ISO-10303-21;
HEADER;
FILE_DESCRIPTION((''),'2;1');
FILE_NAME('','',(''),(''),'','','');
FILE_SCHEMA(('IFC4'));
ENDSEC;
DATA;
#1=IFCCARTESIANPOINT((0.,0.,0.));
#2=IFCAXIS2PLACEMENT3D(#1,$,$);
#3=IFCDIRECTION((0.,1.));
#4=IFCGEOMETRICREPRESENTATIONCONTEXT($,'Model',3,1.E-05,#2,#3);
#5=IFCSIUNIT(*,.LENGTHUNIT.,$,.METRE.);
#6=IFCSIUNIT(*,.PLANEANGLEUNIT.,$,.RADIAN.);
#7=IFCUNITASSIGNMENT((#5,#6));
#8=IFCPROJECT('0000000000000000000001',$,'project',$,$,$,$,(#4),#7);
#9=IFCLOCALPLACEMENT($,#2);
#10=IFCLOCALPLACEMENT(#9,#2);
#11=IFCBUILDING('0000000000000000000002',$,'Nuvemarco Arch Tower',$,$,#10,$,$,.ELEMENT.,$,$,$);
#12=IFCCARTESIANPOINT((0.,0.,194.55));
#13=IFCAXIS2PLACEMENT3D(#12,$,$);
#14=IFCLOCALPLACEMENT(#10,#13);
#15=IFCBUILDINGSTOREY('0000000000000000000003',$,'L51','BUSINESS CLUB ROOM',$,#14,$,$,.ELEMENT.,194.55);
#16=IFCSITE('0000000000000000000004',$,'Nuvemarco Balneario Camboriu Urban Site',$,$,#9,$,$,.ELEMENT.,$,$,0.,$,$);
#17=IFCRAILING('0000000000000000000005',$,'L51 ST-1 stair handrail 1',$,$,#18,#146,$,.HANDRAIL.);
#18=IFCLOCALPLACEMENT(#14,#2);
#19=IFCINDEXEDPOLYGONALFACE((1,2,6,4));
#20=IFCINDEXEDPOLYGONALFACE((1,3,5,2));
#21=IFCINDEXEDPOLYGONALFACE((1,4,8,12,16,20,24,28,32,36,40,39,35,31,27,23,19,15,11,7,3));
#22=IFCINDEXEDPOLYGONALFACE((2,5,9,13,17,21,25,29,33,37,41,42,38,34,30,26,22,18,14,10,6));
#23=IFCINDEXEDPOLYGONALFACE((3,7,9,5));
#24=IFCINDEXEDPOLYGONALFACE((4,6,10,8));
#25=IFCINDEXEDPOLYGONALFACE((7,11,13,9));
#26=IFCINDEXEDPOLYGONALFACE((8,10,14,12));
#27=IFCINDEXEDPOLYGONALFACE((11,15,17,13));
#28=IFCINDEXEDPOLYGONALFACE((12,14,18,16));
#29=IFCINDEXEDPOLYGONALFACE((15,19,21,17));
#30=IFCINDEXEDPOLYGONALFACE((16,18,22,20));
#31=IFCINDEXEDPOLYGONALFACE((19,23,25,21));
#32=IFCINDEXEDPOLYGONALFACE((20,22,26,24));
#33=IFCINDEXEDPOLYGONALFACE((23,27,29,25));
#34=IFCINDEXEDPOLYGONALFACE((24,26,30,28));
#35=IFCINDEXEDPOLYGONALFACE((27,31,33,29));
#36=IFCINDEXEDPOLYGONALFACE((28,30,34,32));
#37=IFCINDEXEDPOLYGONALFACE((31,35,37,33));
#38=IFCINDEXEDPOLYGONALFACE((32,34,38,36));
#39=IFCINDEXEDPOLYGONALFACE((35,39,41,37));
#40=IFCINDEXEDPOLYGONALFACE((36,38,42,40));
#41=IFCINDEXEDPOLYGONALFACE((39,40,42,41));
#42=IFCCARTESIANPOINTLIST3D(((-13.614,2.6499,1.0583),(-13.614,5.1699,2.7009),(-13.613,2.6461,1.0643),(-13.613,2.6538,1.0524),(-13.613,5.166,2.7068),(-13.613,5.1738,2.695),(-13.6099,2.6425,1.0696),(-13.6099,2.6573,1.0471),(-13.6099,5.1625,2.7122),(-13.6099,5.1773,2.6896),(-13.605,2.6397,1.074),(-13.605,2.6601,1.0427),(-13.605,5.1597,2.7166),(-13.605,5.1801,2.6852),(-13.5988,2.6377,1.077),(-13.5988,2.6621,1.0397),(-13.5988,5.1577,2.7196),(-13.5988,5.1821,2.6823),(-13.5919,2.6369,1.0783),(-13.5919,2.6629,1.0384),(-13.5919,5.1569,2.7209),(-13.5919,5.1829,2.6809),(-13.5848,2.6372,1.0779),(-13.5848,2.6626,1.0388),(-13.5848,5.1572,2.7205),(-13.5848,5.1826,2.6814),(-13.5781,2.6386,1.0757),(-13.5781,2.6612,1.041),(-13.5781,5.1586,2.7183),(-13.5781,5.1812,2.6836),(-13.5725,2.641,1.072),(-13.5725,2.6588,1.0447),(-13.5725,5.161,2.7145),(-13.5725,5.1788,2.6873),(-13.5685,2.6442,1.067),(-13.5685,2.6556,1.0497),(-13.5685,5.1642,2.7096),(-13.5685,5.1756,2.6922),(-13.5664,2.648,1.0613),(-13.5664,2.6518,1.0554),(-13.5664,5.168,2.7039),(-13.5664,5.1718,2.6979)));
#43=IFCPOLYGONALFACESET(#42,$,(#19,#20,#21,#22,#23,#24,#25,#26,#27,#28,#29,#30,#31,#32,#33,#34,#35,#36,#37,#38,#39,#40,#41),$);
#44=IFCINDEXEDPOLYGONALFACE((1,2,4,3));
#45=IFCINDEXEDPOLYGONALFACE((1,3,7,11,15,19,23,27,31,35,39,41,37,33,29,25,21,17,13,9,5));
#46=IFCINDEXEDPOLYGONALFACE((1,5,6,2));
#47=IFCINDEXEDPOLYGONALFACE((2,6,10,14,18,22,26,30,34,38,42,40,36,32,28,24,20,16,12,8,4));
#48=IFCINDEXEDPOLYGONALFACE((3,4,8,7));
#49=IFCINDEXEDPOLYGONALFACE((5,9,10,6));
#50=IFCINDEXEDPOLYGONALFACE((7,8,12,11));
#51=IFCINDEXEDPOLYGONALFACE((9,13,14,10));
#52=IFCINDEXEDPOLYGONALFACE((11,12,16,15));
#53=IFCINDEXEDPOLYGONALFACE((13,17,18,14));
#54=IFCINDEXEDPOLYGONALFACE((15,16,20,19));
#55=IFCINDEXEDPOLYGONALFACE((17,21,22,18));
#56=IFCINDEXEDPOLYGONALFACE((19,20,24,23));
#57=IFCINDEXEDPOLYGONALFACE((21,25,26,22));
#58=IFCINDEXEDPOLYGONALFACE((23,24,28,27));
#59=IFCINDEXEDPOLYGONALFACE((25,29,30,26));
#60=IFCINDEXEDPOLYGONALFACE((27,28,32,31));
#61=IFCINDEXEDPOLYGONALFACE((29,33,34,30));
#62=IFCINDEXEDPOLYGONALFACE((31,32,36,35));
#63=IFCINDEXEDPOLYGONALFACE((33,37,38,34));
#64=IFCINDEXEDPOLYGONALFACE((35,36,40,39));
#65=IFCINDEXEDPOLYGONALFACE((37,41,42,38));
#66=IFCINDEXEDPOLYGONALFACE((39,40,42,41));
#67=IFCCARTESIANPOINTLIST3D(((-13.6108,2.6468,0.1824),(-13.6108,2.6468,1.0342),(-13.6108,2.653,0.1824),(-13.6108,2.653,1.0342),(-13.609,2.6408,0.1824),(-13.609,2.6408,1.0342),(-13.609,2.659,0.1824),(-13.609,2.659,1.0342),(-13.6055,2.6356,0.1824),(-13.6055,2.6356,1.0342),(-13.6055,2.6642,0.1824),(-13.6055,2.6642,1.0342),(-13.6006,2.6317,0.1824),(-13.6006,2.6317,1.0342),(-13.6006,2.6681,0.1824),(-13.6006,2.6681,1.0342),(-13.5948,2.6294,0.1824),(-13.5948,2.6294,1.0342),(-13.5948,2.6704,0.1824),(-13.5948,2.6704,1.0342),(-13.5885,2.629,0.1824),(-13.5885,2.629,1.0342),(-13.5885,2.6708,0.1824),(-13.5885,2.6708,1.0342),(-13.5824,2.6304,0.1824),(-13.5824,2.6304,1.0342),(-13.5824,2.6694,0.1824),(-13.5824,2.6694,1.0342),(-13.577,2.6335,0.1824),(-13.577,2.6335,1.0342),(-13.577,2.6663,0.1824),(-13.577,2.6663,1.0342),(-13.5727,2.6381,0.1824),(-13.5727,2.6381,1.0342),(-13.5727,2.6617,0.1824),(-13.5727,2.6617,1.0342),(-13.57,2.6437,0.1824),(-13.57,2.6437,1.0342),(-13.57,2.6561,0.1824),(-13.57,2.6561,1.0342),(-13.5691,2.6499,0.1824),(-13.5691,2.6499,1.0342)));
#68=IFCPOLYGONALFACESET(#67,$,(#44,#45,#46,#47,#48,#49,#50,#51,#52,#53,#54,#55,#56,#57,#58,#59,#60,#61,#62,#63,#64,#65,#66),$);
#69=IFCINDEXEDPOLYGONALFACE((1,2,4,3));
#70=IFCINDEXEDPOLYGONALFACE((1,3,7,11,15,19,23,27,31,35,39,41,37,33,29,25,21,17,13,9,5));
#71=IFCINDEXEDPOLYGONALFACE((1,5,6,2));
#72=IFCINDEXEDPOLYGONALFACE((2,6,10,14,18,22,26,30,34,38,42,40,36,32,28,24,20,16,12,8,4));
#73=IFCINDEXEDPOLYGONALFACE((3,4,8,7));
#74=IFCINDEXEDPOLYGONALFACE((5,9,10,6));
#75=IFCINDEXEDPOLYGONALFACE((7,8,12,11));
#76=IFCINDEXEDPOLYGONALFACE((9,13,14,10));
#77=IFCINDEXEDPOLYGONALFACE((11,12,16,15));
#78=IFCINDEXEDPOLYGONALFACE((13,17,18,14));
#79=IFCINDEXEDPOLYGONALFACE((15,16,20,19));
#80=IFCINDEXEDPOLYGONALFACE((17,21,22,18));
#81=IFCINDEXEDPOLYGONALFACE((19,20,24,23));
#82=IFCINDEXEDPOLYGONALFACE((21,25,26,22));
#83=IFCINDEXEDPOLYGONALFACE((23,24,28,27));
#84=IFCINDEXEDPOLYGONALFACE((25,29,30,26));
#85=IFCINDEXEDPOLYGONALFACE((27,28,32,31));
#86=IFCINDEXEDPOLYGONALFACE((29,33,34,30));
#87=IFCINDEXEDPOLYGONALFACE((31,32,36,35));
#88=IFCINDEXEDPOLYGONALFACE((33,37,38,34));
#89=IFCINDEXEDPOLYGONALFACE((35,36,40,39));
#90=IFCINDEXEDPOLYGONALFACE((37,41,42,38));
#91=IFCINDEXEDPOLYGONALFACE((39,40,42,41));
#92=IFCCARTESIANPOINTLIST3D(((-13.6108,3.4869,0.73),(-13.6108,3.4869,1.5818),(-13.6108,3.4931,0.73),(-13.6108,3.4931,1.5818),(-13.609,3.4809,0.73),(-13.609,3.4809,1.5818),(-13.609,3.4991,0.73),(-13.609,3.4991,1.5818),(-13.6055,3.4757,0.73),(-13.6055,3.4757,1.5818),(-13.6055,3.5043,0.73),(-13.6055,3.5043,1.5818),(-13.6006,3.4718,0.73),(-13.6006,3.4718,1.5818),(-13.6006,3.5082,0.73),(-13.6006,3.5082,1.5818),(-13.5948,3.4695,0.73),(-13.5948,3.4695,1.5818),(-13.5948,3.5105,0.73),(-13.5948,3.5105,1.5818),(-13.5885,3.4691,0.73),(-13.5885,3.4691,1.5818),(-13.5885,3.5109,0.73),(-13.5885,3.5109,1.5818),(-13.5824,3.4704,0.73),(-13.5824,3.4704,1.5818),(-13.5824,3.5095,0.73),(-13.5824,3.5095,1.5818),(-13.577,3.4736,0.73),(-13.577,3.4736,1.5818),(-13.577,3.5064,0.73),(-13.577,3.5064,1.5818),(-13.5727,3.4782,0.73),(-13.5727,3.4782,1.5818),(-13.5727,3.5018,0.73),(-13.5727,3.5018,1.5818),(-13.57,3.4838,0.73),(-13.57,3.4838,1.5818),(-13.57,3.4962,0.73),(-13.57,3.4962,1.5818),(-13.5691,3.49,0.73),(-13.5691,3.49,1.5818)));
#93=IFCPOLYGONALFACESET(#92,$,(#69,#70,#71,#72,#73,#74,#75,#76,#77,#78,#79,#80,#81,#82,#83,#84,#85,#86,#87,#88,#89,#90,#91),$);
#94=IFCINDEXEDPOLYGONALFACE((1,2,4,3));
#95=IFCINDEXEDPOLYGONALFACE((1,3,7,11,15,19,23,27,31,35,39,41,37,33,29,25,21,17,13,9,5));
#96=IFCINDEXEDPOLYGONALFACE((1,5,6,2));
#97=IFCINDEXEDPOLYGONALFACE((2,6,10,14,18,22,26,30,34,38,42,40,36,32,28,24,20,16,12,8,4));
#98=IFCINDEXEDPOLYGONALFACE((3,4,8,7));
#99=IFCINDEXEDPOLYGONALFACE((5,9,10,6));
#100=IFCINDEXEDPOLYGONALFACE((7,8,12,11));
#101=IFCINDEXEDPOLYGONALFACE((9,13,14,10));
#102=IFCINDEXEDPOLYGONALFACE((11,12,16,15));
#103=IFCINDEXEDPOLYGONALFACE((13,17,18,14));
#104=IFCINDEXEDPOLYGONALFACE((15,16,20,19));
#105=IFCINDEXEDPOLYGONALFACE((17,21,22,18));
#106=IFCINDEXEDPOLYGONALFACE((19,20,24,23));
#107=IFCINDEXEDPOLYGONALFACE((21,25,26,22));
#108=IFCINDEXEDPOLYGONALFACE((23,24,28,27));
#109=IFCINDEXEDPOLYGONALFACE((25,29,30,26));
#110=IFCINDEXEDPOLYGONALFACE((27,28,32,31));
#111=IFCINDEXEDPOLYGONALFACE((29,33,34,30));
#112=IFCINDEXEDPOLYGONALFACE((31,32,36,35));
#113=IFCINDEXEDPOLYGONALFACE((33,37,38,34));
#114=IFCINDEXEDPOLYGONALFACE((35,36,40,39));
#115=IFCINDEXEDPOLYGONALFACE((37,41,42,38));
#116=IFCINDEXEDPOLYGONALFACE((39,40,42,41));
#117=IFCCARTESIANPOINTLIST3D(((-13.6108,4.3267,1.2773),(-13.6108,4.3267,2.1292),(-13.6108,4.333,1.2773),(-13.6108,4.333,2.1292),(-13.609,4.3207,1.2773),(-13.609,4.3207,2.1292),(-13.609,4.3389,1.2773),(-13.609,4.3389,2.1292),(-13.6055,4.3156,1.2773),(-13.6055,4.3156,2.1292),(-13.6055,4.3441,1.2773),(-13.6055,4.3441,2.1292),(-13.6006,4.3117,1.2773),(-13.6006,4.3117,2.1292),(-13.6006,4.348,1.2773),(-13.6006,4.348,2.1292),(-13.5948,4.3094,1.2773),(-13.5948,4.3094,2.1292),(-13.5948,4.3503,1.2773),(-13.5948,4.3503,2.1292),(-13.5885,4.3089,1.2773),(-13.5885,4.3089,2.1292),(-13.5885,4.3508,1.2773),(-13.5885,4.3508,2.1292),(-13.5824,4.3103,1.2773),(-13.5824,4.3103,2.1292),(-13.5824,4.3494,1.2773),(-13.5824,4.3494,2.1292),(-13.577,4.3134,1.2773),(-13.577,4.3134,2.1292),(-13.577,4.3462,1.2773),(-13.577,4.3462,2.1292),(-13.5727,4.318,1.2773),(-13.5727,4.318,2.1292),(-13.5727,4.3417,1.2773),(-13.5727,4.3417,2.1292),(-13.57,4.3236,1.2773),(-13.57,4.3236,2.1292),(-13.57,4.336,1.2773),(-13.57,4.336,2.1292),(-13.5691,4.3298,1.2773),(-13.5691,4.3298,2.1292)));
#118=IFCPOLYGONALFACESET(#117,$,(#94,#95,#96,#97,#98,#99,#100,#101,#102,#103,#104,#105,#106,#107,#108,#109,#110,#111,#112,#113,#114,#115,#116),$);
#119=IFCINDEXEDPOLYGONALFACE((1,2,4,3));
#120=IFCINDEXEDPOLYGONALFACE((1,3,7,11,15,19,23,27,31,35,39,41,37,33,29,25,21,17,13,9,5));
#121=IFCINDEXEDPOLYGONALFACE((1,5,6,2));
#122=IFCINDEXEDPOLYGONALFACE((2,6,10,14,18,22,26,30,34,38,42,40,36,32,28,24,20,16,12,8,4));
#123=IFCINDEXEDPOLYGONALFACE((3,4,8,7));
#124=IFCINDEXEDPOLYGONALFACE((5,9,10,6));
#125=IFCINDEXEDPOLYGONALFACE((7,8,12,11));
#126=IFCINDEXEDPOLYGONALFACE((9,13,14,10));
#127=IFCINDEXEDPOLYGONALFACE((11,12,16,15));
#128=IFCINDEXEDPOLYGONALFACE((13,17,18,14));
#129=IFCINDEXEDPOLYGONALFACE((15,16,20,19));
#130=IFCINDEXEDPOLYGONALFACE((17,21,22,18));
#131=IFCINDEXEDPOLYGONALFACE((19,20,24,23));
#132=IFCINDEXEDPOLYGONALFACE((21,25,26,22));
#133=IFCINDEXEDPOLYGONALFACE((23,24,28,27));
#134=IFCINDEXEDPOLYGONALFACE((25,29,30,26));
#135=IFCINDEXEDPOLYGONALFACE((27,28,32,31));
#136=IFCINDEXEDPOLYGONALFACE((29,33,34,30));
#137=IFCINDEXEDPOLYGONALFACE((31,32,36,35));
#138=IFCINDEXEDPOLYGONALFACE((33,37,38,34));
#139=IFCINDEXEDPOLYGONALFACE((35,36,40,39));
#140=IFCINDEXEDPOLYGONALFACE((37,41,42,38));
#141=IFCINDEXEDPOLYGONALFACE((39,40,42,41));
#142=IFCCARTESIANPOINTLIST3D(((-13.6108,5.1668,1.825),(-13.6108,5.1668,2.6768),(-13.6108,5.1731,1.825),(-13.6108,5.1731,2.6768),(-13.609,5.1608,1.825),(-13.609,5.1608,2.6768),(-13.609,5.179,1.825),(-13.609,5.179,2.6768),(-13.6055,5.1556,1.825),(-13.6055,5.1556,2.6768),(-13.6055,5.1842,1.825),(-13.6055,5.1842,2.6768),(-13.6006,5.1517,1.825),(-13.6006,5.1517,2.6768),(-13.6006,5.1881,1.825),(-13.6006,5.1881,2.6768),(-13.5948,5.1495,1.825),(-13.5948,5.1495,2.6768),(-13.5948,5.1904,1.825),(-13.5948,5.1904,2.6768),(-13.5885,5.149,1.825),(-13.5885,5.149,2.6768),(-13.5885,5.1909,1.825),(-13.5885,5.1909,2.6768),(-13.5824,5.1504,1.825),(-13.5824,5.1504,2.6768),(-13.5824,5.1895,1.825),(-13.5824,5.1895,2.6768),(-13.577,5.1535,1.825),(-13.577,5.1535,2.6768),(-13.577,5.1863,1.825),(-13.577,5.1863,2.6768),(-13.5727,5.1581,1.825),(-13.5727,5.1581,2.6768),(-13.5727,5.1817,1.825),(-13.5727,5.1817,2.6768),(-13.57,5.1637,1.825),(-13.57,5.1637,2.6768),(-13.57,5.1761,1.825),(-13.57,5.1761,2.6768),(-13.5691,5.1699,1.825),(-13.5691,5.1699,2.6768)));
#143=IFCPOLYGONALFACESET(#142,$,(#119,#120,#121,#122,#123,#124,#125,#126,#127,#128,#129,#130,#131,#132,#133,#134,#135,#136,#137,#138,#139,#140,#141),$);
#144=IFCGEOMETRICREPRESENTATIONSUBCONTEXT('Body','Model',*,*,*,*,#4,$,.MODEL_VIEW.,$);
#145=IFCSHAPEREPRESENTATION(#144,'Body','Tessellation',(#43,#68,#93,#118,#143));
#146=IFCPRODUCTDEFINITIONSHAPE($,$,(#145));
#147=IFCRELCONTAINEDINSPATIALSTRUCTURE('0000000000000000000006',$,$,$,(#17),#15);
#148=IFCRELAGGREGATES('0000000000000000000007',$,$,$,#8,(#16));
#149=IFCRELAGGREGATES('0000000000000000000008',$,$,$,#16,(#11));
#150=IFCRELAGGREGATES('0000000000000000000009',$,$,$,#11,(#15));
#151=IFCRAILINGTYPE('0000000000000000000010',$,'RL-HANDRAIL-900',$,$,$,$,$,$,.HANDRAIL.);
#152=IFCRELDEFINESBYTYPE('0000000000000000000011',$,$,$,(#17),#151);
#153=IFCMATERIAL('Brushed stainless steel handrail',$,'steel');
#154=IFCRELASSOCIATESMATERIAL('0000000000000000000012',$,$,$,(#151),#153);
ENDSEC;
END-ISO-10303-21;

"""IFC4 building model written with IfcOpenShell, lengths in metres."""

from ifc_helpers import new_model, si_unit, direction, frame, origin, origin_2d, place, context, subcontext, project, spatial, circle, extrude, material, type_object, element, save


model = new_model("IFC4")

# Units and contexts
model_context = context("Model", 3, precision=1e-05, world=origin(), true_north=direction((0.0, 1.0)))
body_context = subcontext(model_context, "Body", "Model", "MODEL_VIEW")
ifc_project = project(units=[si_unit("LENGTHUNIT", "METRE"), si_unit("PLANEANGLEUNIT", "RADIAN")], contexts=[model_context])

# Site, building, storey
site_placement = place(None, origin())
site = spatial("IfcSite", under=ifc_project, at=site_placement, Name="Nuvemarco Balneario Camboriu Urban Site", CompositionType="ELEMENT", RefElevation=0.0)
building_placement = place(site_placement, origin())
building = spatial("IfcBuilding", under=site, at=building_placement, Name="Nuvemarco Arch Tower", CompositionType="ELEMENT")
storey_placement = place(building_placement, frame((0.0, 0.0, 194.55)))
storey = spatial("IfcBuildingStorey", under=building, at=storey_placement, Name="L51", Description="BUSINESS CLUB ROOM", CompositionType="ELEMENT", Elevation=194.55)

# Railing
ifc_material_1 = material(Name="Brushed stainless steel handrail", Category="steel")
railing_type_1 = type_object("IfcRailingType", Name="RL-HANDRAIL-900", PredefinedType="HANDRAIL", material=ifc_material_1)
railing_1_placement = place(storey_placement, frame((-13.5901, 2.6499, 0.1824)))
element("IfcRailing", 1, at=railing_1_placement, inside=storey, type_object=railing_type_1, Name="L51 ST-1 stair handrail 1", PredefinedType="HANDRAIL", context=body_context, shape_type="SweptSolid", body=[
    extrude(circle(Radius=0.0239, at=origin_2d()), frame((0.0, 0.0, 0.876), z_axis=(0.0, 0.837749, 0.546055), x_axis=(-1.0, 0.0, 0.0)), (0.0, 0.0, 1.0), 3.0081),
    extrude(circle(Radius=0.021, at=origin_2d()), origin(), (0.0, 0.0, 1.0), 0.8518),
    extrude(circle(Radius=0.021, at=origin_2d()), frame((0.0, 0.8401, 0.5476)), (0.0, 0.0, 1.0), 0.8518),
    extrude(circle(Radius=0.021, at=origin_2d()), frame((0.0, 1.6799, 1.095)), (0.0, 0.0, 1.0), 0.8518),
    extrude(circle(Radius=0.021, at=origin_2d()), frame((0.0, 2.52, 1.6426)), (0.0, 0.0, 1.0), 0.8518),
])

save(model, "model.ifc")
